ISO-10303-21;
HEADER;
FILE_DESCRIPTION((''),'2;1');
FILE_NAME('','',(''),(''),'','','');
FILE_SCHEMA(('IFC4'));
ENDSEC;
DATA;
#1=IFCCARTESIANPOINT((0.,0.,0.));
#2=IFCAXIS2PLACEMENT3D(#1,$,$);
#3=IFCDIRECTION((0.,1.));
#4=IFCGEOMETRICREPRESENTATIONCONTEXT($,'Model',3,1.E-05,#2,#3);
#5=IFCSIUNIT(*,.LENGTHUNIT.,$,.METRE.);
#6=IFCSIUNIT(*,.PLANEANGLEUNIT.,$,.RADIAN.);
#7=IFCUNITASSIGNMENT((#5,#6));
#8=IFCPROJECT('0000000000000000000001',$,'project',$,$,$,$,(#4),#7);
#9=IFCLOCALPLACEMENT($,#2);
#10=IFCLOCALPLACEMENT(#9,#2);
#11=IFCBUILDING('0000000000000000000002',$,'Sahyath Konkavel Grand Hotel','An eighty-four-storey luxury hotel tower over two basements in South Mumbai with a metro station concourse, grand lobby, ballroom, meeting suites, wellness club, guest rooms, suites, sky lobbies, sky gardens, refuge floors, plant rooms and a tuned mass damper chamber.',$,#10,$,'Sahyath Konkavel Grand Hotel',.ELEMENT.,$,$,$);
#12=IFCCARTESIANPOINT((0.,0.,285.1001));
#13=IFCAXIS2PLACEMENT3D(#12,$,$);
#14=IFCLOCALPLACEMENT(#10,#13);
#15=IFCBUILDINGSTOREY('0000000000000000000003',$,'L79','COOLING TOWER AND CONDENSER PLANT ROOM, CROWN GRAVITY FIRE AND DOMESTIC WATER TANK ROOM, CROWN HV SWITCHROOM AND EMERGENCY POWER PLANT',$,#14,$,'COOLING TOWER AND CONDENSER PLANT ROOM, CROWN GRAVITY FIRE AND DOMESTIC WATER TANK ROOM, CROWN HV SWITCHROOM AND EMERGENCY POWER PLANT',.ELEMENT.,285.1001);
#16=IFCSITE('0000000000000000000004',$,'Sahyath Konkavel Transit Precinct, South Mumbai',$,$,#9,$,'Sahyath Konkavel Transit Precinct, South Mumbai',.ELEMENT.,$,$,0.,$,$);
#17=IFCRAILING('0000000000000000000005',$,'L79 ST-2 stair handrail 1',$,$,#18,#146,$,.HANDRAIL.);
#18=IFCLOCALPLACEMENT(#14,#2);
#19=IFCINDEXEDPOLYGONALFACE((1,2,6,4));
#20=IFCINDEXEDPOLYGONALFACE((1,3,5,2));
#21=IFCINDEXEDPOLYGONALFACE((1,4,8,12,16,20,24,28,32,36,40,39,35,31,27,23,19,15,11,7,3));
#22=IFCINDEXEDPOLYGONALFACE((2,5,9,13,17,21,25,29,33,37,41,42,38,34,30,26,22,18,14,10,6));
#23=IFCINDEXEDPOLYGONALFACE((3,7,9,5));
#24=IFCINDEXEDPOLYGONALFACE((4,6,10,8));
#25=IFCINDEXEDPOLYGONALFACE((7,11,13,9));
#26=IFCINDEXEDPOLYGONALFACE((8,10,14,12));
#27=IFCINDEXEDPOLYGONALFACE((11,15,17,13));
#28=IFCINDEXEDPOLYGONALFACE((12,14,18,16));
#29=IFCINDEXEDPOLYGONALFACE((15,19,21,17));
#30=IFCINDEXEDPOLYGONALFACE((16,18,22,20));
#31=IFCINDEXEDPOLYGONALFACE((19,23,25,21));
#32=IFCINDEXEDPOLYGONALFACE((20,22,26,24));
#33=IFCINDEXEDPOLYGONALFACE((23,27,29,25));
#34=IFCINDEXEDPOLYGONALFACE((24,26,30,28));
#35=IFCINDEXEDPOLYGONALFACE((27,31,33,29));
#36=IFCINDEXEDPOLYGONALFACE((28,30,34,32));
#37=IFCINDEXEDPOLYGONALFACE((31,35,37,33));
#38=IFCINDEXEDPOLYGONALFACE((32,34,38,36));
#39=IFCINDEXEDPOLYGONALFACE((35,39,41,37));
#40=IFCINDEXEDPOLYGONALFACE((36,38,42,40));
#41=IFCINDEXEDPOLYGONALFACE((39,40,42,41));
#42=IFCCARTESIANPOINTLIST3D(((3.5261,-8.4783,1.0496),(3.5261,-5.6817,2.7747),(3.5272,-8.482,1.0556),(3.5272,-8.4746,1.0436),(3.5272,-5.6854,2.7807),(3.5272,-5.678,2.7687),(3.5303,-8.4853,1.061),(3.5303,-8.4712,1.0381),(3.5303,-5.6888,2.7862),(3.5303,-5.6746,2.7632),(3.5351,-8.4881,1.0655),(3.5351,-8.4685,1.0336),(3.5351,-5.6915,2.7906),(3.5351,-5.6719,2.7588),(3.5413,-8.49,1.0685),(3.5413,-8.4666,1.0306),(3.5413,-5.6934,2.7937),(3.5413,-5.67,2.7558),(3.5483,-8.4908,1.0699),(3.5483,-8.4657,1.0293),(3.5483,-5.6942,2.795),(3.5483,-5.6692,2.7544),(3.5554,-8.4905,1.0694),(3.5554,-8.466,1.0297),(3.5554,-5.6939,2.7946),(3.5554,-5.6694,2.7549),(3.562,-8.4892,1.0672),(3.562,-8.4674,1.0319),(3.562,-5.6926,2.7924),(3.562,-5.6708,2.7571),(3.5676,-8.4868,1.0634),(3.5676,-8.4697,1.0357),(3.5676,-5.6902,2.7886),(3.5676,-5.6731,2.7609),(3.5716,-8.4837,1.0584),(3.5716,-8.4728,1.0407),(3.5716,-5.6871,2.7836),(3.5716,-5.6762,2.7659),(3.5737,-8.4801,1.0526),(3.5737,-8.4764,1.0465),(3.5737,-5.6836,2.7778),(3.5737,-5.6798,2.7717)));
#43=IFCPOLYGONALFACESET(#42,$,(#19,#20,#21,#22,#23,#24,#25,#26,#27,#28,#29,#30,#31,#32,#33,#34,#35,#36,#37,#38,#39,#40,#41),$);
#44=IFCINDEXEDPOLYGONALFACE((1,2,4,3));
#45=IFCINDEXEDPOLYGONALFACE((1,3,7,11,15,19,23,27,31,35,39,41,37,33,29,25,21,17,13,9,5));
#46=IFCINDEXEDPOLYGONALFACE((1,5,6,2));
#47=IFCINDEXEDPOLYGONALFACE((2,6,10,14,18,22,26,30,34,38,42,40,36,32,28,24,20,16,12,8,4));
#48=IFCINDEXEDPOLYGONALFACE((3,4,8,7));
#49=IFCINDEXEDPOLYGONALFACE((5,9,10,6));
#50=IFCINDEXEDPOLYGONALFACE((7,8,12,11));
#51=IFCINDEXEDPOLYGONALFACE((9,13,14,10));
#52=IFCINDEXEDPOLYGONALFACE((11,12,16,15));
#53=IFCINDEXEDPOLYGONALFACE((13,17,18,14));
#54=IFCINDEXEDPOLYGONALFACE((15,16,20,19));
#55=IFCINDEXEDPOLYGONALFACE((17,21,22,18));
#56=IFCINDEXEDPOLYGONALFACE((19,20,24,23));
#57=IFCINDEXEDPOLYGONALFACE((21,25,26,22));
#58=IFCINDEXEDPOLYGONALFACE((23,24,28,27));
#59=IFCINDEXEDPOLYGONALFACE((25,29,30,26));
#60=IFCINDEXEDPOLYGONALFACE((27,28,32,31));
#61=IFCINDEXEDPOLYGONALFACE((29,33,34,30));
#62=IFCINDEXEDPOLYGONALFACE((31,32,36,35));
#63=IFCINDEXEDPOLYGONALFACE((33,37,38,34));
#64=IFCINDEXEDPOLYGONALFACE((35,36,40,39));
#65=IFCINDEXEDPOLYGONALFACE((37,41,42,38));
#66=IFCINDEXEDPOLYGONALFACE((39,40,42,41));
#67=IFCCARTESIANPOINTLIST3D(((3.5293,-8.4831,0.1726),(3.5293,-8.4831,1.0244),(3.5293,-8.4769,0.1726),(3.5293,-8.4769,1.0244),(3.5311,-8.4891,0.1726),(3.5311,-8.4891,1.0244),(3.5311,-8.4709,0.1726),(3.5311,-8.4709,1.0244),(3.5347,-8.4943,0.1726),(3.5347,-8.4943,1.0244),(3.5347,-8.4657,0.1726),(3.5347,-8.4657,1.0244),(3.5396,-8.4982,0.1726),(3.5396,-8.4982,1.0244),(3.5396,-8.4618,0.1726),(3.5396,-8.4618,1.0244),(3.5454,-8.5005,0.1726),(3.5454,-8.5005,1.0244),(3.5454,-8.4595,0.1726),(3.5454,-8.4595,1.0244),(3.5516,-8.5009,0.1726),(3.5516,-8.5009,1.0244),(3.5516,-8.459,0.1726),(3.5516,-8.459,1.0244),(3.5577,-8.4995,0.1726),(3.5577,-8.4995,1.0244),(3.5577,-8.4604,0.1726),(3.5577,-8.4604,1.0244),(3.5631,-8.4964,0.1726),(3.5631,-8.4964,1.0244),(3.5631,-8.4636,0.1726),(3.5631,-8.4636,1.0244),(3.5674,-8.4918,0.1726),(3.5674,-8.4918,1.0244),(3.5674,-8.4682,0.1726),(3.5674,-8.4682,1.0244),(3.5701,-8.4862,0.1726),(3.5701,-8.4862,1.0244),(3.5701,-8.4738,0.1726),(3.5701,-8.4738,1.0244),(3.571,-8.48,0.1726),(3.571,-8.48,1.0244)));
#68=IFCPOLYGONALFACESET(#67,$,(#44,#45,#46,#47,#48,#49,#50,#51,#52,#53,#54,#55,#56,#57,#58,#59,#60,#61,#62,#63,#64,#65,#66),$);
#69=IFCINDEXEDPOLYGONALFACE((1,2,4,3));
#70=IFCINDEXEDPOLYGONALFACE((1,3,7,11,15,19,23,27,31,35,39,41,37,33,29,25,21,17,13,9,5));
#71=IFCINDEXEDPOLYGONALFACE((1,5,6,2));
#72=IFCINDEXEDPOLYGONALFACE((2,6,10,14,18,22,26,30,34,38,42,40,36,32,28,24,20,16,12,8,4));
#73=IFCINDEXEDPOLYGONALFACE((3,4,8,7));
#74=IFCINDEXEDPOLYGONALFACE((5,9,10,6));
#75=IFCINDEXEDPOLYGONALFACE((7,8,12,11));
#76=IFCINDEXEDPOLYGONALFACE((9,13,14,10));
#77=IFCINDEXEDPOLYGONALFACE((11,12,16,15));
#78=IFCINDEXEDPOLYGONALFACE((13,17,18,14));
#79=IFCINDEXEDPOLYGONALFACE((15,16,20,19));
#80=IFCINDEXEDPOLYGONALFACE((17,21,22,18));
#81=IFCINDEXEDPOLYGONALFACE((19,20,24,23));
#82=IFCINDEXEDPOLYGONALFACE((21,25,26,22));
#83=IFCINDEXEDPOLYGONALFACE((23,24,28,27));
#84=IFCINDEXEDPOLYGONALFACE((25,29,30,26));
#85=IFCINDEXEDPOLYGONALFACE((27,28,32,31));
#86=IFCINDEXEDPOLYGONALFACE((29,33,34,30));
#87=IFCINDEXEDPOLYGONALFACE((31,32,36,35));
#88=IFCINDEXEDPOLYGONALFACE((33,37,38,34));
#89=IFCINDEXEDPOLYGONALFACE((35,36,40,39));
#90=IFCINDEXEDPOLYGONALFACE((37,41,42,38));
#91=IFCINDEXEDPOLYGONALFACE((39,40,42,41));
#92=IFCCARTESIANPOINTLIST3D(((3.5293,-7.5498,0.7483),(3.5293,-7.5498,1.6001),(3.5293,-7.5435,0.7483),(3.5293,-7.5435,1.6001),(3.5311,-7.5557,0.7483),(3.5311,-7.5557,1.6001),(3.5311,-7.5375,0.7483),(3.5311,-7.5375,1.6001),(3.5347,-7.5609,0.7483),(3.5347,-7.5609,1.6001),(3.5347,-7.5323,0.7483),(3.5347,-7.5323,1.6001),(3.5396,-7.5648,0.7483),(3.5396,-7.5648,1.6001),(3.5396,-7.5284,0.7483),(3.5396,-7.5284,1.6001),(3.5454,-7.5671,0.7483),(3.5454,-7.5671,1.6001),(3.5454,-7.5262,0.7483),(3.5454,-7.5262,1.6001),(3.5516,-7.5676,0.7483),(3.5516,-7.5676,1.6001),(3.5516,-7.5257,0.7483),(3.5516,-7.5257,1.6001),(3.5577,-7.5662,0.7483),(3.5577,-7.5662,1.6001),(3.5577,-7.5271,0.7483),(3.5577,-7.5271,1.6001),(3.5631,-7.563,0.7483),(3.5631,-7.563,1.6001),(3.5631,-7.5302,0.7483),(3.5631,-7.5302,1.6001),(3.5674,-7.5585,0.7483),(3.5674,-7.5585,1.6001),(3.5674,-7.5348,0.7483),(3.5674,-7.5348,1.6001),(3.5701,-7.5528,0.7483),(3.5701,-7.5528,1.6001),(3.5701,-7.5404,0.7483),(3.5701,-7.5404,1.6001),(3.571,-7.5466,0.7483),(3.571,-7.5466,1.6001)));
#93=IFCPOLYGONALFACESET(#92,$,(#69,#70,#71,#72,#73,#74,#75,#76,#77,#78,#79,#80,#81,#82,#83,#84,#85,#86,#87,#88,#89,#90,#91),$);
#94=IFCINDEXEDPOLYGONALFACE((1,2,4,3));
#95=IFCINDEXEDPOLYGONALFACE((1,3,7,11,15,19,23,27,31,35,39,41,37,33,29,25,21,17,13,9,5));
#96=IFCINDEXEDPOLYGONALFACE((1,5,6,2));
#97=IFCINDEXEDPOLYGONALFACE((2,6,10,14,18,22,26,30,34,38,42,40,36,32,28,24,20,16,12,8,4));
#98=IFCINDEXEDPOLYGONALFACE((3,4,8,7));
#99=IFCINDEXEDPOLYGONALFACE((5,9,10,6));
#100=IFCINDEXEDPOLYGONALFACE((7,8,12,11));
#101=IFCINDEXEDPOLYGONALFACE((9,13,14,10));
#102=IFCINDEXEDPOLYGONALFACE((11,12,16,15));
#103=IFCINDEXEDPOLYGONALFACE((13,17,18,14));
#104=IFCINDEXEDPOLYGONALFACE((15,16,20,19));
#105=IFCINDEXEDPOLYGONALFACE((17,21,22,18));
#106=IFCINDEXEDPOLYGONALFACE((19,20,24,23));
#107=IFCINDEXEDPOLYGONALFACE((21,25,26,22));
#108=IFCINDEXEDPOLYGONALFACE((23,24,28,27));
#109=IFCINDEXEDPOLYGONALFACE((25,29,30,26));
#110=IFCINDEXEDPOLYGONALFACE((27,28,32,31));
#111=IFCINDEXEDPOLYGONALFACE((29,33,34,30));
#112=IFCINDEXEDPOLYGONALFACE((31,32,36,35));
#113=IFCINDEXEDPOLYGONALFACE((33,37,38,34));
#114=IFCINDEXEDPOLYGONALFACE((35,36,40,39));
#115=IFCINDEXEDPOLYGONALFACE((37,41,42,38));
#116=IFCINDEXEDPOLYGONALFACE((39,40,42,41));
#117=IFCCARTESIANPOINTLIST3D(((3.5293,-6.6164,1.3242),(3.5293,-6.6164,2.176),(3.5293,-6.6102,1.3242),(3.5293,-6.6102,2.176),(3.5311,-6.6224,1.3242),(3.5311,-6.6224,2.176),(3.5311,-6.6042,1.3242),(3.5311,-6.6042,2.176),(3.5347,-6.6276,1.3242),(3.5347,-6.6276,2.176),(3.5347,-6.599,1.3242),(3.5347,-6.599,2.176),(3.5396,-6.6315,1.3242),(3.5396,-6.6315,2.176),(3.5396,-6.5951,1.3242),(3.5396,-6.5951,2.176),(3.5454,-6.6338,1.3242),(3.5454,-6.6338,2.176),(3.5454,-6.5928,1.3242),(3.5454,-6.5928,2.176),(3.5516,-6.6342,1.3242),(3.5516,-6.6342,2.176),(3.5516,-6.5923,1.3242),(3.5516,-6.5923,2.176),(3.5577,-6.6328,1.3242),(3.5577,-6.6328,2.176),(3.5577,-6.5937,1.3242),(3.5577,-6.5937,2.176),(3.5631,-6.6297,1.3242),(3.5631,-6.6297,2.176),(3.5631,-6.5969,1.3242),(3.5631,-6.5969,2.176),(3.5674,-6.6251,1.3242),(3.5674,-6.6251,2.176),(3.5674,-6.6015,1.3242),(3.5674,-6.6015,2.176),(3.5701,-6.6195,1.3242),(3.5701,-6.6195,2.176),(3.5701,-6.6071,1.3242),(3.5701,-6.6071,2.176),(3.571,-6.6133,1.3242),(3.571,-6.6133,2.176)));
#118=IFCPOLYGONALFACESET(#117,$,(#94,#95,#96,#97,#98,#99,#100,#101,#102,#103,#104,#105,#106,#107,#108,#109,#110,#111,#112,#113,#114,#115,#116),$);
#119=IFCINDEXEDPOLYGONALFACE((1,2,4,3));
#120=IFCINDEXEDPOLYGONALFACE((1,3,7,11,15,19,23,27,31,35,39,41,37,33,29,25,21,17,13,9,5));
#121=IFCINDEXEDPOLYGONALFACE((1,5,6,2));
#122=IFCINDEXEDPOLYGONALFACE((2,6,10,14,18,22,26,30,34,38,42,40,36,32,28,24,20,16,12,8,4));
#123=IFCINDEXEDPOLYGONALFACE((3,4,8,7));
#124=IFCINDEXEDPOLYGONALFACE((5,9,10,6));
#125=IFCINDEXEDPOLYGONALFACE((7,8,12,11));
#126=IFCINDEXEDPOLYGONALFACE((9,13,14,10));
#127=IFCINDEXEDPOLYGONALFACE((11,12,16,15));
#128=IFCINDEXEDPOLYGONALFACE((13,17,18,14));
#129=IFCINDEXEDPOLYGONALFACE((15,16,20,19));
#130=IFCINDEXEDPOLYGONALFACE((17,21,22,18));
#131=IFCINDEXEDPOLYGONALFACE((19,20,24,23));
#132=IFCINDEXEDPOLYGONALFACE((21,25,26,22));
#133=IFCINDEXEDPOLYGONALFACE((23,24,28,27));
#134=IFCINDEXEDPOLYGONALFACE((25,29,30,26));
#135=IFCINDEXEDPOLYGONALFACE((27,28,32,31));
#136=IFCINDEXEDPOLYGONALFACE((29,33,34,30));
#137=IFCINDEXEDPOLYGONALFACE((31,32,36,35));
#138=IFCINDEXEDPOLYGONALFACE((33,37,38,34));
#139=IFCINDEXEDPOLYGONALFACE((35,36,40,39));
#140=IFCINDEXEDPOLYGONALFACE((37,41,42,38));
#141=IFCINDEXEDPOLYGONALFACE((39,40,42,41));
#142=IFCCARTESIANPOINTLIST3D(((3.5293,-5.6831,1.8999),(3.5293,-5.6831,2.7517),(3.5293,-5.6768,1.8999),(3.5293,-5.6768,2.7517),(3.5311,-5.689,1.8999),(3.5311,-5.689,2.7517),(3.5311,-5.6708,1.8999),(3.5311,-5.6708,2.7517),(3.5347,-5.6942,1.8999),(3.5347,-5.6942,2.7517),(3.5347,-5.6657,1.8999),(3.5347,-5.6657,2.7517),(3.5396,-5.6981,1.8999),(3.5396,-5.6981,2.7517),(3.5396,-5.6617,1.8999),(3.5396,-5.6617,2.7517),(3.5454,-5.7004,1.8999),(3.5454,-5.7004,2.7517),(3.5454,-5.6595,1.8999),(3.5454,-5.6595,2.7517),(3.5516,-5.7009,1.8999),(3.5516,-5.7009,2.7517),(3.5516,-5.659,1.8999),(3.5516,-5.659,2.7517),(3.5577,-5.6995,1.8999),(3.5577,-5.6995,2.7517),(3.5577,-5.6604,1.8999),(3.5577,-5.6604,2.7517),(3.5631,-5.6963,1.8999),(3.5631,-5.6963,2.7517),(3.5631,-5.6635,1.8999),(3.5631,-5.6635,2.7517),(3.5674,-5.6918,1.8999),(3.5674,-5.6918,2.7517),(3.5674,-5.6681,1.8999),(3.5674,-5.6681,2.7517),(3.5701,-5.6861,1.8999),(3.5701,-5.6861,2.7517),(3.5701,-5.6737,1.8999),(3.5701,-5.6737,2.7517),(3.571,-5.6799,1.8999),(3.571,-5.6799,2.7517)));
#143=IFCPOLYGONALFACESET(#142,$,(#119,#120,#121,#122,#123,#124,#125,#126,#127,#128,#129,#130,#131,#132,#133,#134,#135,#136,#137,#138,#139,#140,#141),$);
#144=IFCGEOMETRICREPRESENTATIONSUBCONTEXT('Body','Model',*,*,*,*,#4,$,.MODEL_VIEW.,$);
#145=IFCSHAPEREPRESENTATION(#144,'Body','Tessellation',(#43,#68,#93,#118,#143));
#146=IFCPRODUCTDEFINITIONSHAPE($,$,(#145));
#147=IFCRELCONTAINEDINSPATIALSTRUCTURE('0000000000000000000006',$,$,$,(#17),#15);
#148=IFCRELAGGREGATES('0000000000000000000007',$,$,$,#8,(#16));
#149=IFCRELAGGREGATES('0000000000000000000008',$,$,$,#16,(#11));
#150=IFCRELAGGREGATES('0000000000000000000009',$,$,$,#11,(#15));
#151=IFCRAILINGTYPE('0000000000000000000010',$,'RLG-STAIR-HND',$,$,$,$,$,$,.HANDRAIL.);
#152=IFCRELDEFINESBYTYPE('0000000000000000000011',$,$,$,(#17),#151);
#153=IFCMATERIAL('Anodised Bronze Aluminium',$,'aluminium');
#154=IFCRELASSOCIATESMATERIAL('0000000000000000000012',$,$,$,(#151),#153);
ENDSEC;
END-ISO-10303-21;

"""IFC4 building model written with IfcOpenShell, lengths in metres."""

from ifc_helpers import new_model, si_unit, direction, frame, origin, origin_2d, place, context, subcontext, project, spatial, circle, extrude, material, type_object, element, save


model = new_model("IFC4")

# Units and contexts
model_context = context("Model", 3, precision=1e-05, world=origin(), true_north=direction((0.0, 1.0)))
body_context = subcontext(model_context, "Body", "Model", "MODEL_VIEW")
ifc_project = project(units=[si_unit("LENGTHUNIT", "METRE"), si_unit("PLANEANGLEUNIT", "RADIAN")], contexts=[model_context])

# Site, building, storey
site_placement = place(None, origin())
site = spatial("IfcSite", under=ifc_project, at=site_placement, Name="Sahyath Konkavel Transit Precinct, South Mumbai", LongName="Sahyath Konkavel Transit Precinct, South Mumbai", CompositionType="ELEMENT", RefElevation=0.0)
building_placement = place(site_placement, origin())
building = spatial("IfcBuilding", under=site, at=building_placement, Name="Sahyath Konkavel Grand Hotel", Description="An eighty-four-storey luxury hotel tower over two basements in South Mumbai with a metro station concourse, grand lobby, ballroom, meeting suites, wellness club, guest rooms, suites, sky lobbies, sky gardens, refuge floors, plant rooms and a tuned mass damper chamber.", LongName="Sahyath Konkavel Grand Hotel", CompositionType="ELEMENT")
storey_placement = place(building_placement, frame((0.0, 0.0, 285.1001)))
storey = spatial("IfcBuildingStorey", under=building, at=storey_placement, Name="L79", Description="COOLING TOWER AND CONDENSER PLANT ROOM, CROWN GRAVITY FIRE AND DOMESTIC WATER TANK ROOM, CROWN HV SWITCHROOM AND EMERGENCY POWER PLANT", LongName="COOLING TOWER AND CONDENSER PLANT ROOM, CROWN GRAVITY FIRE AND DOMESTIC WATER TANK ROOM, CROWN HV SWITCHROOM AND EMERGENCY POWER PLANT", CompositionType="ELEMENT", Elevation=285.1001)

# Railing
ifc_material_1 = material(Name="Anodised Bronze Aluminium", Category="aluminium")
railing_type_1 = type_object("IfcRailingType", Name="RLG-STAIR-HND", PredefinedType="HANDRAIL", material=ifc_material_1)
railing_1_placement = place(storey_placement, frame((3.55, -8.48, 0.1726)))
element("IfcRailing", 1, at=railing_1_placement, inside=storey, type_object=railing_type_1, Name="L79 ST-2 stair handrail 1", PredefinedType="HANDRAIL", context=body_context, shape_type="SweptSolid", body=[
    extrude(circle(Radius=0.0239, at=origin_2d()), frame((0.0, 0.0017, 0.877), z_axis=(0.0, 0.85109, 0.52502), x_axis=(-1.0, 0.0, 0.0)), (0.0, 0.0, 1.0), 3.2859),
    extrude(circle(Radius=0.021, at=origin_2d()), origin(), (0.0, 0.0, 1.0), 0.8518),
    extrude(circle(Radius=0.021, at=origin_2d()), frame((0.0, 0.9333, 0.5757)), (0.0, 0.0, 1.0), 0.8518),
    extrude(circle(Radius=0.021, at=origin_2d()), frame((0.0, 1.8667, 1.1516)), (0.0, 0.0, 1.0), 0.8518),
    extrude(circle(Radius=0.021, at=origin_2d()), frame((0.0, 2.8, 1.7273)), (0.0, 0.0, 1.0), 0.8518),
])

save(model, "model.ifc")
